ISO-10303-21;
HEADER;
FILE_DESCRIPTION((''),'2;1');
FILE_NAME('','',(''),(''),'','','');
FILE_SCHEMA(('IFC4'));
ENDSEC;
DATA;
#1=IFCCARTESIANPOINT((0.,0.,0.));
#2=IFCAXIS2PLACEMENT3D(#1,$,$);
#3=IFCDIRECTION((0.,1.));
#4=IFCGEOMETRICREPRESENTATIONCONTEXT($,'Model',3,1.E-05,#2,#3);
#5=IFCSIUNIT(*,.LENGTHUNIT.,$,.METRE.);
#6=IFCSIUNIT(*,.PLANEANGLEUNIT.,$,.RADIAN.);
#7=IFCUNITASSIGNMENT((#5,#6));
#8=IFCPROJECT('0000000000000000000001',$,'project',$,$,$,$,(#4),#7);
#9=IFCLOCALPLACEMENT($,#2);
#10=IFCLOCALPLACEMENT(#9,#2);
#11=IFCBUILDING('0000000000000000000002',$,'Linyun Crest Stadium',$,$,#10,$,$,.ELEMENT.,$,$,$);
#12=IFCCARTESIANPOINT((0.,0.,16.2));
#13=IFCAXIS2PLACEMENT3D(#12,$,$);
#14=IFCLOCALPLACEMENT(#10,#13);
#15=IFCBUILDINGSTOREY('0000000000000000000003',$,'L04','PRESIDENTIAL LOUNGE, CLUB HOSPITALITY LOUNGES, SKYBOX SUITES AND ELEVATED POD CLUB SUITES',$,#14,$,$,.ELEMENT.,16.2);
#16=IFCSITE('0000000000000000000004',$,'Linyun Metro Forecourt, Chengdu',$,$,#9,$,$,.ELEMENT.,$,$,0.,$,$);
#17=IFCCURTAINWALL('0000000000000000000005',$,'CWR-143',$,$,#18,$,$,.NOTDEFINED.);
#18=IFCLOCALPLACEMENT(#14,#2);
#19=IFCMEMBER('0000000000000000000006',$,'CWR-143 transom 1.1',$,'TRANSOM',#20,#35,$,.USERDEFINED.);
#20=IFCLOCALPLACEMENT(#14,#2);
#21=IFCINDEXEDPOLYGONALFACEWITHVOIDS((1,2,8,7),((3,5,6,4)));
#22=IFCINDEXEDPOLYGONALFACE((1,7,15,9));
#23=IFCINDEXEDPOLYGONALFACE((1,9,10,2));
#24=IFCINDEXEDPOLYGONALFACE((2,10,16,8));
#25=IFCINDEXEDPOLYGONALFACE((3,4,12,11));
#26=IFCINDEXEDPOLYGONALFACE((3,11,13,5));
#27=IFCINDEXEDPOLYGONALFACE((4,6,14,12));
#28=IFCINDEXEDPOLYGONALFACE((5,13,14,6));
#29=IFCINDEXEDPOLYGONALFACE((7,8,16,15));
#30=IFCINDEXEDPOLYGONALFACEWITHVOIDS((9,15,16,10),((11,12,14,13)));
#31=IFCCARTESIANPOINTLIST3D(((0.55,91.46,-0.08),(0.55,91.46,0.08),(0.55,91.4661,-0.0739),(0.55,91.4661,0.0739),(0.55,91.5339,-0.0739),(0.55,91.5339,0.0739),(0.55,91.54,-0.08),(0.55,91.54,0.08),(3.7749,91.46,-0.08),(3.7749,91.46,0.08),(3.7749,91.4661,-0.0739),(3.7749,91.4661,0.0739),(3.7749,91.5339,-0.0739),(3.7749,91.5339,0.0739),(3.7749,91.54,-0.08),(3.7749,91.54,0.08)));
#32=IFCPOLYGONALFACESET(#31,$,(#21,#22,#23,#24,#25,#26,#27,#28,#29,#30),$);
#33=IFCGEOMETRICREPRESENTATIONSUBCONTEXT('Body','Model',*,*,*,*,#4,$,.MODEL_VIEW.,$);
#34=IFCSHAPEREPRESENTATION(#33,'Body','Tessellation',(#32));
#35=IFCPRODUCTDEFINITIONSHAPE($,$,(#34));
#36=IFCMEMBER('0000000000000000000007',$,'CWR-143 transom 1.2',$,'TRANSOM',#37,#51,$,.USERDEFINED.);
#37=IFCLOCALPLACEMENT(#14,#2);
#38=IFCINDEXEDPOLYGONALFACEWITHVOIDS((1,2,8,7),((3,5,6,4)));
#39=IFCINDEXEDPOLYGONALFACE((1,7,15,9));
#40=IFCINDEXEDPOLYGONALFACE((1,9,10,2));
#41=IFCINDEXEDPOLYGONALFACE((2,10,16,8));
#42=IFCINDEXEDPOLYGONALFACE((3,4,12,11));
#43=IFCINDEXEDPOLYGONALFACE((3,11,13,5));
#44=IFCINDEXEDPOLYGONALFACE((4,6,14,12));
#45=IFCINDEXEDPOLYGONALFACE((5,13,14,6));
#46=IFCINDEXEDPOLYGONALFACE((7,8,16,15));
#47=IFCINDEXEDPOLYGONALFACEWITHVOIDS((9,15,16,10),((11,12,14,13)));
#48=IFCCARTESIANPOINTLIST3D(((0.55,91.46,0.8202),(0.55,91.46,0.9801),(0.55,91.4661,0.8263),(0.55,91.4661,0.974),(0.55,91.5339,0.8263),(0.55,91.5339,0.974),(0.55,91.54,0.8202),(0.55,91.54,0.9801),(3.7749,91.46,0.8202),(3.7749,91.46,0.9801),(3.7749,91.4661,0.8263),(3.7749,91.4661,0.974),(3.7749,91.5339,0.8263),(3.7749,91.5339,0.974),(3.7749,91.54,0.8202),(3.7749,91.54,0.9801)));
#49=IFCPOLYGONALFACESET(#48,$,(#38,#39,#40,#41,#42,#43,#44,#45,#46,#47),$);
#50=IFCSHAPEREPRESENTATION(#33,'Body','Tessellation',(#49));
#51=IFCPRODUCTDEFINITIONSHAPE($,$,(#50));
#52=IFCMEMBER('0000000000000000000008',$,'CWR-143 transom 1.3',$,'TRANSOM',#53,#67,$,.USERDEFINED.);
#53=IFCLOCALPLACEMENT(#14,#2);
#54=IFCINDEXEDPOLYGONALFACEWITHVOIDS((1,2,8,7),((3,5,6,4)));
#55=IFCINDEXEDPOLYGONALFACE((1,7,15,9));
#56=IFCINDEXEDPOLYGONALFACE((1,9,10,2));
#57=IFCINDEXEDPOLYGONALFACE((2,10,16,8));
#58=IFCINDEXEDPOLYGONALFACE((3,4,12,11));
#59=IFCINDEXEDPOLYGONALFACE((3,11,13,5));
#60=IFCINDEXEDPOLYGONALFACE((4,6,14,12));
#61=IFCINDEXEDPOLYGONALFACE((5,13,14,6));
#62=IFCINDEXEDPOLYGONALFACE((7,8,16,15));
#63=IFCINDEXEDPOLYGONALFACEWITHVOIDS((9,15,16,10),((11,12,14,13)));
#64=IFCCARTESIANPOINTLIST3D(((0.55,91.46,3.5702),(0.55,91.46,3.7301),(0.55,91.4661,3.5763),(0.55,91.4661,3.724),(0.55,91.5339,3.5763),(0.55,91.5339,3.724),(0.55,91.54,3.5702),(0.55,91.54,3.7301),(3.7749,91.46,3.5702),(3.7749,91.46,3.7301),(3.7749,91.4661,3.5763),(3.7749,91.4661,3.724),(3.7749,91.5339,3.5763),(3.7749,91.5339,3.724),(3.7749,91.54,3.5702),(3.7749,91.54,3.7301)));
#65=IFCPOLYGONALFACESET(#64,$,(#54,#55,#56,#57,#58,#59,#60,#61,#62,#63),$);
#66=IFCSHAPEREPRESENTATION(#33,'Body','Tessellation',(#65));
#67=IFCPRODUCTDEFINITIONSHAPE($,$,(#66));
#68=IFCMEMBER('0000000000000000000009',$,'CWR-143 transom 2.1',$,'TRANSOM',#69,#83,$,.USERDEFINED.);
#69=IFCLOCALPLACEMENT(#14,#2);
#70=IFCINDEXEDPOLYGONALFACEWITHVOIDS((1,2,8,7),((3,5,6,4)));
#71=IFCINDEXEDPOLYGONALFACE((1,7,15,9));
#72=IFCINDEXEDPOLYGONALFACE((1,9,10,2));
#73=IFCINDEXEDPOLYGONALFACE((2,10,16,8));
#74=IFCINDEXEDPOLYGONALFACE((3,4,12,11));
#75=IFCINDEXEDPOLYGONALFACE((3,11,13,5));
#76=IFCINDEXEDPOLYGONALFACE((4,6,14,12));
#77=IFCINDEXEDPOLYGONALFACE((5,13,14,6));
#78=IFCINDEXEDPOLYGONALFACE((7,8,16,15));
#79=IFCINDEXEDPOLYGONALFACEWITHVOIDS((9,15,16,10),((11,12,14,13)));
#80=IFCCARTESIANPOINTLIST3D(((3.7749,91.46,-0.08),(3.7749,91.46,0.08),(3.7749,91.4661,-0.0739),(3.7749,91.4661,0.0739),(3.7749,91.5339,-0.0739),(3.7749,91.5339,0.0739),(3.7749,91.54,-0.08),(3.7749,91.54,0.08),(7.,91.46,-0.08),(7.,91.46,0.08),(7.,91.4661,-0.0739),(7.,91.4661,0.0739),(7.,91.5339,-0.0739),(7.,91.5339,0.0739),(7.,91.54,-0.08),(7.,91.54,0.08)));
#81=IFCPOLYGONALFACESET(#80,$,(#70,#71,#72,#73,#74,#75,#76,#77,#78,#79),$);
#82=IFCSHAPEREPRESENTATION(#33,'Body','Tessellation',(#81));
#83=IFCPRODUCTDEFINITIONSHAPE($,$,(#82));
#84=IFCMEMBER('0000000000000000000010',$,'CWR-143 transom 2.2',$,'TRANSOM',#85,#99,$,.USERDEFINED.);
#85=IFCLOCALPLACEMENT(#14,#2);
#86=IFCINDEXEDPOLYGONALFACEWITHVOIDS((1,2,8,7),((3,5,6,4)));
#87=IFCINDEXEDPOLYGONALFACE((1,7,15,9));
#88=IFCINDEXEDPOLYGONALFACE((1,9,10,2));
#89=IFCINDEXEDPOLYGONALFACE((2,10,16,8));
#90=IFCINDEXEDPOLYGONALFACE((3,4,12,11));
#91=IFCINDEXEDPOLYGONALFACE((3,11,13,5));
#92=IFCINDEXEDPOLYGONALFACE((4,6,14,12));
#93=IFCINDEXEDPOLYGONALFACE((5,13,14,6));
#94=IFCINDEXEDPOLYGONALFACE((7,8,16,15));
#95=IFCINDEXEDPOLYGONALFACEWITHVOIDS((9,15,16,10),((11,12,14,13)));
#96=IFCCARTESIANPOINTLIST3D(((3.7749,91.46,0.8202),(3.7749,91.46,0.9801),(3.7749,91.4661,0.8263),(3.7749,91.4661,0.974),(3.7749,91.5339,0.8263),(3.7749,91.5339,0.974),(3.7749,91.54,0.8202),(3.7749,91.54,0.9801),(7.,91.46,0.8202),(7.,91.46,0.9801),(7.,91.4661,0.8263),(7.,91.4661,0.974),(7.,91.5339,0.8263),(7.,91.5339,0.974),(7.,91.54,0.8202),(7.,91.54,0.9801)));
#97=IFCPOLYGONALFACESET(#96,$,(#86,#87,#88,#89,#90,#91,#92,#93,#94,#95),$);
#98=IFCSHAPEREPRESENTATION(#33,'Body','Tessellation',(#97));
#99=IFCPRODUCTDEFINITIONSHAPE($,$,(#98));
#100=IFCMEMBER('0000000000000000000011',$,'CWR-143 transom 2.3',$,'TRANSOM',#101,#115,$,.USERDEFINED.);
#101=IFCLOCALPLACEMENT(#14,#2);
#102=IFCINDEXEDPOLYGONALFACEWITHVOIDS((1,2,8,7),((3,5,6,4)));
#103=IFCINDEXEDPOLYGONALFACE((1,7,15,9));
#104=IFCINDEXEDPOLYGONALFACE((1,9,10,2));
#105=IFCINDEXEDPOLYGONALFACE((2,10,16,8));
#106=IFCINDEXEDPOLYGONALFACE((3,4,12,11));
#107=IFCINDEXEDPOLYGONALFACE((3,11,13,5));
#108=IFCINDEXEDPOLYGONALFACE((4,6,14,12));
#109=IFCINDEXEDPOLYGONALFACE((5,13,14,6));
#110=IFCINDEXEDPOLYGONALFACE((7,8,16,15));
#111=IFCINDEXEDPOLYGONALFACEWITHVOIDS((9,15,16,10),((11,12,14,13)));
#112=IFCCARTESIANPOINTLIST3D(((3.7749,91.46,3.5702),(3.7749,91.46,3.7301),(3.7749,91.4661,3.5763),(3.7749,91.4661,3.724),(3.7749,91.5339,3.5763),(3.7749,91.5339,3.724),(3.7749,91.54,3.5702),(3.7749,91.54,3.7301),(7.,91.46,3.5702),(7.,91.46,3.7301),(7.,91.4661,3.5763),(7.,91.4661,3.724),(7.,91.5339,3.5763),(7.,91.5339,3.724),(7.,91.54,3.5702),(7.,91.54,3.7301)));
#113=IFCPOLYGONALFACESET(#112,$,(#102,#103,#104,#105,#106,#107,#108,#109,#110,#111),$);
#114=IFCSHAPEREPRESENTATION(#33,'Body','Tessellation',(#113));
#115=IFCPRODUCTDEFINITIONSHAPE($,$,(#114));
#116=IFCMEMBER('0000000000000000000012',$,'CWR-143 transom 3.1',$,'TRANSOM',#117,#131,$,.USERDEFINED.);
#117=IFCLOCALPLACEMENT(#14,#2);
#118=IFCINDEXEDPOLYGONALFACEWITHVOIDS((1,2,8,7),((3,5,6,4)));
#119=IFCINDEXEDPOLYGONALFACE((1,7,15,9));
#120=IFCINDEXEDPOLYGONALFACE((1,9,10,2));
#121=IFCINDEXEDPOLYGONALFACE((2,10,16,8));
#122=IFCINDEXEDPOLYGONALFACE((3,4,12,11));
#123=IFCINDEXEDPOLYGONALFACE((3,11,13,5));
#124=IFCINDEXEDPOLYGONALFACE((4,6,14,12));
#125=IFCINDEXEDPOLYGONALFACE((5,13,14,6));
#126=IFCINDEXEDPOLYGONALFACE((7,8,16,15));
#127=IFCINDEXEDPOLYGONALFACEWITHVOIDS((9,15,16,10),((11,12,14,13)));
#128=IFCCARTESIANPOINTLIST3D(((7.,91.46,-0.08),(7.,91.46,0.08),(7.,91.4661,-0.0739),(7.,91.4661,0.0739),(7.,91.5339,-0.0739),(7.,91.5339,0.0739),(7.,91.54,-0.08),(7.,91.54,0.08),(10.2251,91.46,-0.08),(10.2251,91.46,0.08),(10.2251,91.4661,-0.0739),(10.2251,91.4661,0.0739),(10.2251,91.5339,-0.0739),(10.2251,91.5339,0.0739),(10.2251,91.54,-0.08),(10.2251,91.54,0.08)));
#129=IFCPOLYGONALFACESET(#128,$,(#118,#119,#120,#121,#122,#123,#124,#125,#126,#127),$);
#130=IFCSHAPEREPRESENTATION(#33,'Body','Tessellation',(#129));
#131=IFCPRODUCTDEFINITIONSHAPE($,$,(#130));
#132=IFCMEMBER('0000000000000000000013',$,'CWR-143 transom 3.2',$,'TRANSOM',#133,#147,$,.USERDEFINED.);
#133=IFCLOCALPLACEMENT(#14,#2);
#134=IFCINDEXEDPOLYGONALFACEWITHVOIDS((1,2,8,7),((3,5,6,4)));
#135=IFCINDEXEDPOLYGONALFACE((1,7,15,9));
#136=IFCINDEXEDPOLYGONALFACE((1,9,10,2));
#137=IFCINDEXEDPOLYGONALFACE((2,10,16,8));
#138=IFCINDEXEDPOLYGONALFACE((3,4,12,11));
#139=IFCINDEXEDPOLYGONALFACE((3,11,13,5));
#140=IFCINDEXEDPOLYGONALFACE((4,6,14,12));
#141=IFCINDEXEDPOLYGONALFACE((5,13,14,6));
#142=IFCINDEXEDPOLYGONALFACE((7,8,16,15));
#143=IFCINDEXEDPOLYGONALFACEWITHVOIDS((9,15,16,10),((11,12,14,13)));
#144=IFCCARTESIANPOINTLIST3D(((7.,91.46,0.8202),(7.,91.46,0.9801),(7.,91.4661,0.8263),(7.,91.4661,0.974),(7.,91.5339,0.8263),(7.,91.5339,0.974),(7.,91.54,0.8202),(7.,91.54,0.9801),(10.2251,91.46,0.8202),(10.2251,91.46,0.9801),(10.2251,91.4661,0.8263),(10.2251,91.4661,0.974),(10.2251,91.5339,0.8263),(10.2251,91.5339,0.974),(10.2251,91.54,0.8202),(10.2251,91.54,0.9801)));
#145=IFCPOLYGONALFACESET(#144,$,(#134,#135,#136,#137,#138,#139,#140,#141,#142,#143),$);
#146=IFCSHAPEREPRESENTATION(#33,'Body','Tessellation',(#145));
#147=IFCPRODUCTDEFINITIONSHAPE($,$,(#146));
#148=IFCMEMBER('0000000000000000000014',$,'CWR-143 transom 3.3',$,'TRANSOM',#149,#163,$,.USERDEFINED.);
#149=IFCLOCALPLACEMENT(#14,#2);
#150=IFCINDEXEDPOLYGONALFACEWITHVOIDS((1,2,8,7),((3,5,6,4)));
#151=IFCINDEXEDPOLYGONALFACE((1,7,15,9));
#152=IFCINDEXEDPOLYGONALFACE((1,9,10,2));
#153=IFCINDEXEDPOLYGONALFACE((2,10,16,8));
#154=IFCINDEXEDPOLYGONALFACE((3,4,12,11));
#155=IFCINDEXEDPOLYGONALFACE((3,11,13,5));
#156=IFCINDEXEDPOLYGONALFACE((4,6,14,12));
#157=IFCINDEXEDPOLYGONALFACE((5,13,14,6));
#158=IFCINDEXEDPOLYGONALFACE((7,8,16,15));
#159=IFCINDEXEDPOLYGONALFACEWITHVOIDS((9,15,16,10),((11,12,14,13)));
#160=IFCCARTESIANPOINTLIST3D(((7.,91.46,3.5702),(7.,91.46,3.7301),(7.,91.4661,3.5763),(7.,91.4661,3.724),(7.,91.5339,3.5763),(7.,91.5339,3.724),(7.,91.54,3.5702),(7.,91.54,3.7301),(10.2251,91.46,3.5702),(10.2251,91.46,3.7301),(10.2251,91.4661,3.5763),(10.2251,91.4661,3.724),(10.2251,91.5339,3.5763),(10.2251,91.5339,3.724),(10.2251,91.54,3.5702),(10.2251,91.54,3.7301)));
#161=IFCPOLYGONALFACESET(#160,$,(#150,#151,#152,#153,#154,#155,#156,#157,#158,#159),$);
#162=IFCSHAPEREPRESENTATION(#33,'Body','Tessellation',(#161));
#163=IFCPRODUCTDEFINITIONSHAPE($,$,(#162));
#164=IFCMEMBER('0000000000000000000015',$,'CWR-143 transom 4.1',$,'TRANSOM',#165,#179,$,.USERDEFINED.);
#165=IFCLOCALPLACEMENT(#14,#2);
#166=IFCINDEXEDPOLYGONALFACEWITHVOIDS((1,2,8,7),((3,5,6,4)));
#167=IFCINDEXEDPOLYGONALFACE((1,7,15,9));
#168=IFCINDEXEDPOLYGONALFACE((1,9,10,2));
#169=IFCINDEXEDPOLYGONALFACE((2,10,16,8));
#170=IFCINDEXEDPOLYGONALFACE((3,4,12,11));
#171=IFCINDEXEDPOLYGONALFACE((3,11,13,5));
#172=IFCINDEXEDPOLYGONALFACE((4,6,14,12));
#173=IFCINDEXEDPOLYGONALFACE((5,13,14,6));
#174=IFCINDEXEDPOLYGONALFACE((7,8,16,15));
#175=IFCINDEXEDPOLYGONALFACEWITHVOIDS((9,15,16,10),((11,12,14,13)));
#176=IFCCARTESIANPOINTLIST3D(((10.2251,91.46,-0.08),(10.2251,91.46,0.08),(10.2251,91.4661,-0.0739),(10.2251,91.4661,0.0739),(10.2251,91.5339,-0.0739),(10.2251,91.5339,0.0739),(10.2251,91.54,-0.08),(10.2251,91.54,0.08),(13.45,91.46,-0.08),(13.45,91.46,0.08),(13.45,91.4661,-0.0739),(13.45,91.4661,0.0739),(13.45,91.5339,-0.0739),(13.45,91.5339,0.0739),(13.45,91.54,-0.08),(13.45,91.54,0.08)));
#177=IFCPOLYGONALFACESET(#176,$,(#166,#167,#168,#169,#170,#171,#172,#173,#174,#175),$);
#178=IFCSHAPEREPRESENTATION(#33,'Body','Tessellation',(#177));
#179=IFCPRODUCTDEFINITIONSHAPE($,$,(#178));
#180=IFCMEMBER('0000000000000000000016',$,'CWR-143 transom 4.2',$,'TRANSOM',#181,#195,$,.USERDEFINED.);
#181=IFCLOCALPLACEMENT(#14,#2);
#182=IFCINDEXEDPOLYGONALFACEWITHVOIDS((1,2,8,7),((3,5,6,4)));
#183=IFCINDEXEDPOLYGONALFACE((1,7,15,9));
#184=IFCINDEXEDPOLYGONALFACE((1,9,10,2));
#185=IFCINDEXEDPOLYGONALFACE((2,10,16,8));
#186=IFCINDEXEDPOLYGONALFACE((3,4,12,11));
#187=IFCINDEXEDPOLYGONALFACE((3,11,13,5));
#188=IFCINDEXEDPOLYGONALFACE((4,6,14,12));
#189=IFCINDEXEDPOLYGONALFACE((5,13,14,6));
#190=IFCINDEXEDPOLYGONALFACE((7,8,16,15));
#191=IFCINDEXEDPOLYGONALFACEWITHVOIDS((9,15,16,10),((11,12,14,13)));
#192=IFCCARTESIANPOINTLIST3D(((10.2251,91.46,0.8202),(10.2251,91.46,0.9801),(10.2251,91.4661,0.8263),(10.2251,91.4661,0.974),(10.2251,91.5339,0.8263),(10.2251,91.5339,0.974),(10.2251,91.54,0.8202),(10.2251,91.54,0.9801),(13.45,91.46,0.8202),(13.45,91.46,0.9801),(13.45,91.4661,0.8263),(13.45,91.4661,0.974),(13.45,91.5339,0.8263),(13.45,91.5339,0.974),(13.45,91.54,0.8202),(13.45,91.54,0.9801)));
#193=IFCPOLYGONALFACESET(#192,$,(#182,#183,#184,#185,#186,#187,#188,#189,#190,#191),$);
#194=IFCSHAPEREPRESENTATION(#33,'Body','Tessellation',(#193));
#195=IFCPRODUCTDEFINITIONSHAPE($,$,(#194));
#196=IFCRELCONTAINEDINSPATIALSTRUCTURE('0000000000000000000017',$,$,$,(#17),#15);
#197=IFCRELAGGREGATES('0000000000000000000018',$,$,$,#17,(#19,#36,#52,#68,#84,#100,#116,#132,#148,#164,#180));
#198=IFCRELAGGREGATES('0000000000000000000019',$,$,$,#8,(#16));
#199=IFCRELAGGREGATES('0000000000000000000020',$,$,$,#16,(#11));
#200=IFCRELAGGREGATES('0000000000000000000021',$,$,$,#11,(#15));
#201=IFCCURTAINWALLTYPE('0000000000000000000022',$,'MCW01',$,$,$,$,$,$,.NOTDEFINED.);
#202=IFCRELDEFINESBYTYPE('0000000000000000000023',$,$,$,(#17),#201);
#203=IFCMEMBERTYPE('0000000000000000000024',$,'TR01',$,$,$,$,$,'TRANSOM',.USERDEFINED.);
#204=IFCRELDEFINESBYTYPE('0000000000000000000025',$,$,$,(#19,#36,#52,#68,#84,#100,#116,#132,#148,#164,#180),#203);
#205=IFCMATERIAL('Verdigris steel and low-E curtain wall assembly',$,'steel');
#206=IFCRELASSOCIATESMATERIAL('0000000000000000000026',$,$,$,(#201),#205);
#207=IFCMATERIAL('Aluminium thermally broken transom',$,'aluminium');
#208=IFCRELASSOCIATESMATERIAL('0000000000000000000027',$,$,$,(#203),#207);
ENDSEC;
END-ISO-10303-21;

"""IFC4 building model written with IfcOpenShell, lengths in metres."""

from ifc_helpers import new_model, si_unit, direction, frame, origin, origin_2d, place, context, subcontext, project, spatial, hollow_rectangle, extrude, material, material_profile, profile_set, type_object, element, aggregate, save


model = new_model("IFC4")

# Units and contexts
model_context = context("Model", 3, precision=1e-05, world=origin(), true_north=direction((0.0, 1.0)))
body_context = subcontext(model_context, "Body", "Model", "MODEL_VIEW")
ifc_project = project(units=[si_unit("LENGTHUNIT", "METRE"), si_unit("PLANEANGLEUNIT", "RADIAN")], contexts=[model_context])

# Site, building, storey
site_placement = place(None, origin())
site = spatial("IfcSite", under=ifc_project, at=site_placement, Name="Linyun Metro Forecourt, Chengdu", CompositionType="ELEMENT", RefElevation=0.0)
building_placement = place(site_placement, origin())
building = spatial("IfcBuilding", under=site, at=building_placement, Name="Linyun Crest Stadium", CompositionType="ELEMENT")
storey_placement = place(building_placement, frame((0.0, 0.0, 16.2)))
storey = spatial("IfcBuildingStorey", under=building, at=storey_placement, Name="L04", Description="PRESIDENTIAL LOUNGE, CLUB HOSPITALITY LOUNGES, SKYBOX SUITES AND ELEVATED POD CLUB SUITES", CompositionType="ELEMENT", Elevation=16.2)

# Curtain wall
ifc_material_1 = material(Name="Verdigris steel and low-E curtain wall assembly", Category="steel")
curtain_wall_type = type_object("IfcCurtainWallType", Name="MCW01", PredefinedType="NOTDEFINED", material=ifc_material_1)
curtain_wall_placement = place(storey_placement, origin())
curtain_wall = element("IfcCurtainWall", 1, at=curtain_wall_placement, inside=storey, type_object=curtain_wall_type, Name="CWR-143", PredefinedType="NOTDEFINED")

# Members
ifc_material_2 = material(Name="Aluminium thermally broken transom", Category="aluminium")
ifc_material_profile_1 = material_profile(ifc_material_2, hollow_rectangle(XDim=0.0801, YDim=0.1599, WallThickness=0.0061, at=origin_2d()), Name="RHS 160x80x6")
ifc_profile_set_1 = profile_set([ifc_material_profile_1], Name="Aluminium thermally broken transom")
member_type_1 = type_object("IfcMemberType", Name="TR01", ElementType="TRANSOM", PredefinedType="USERDEFINED", material=ifc_profile_set_1)
member_1_placement = place(storey_placement, frame((0.55, 91.5, 0.0), z_axis=(1.0, 0.0, 0.0), x_axis=(0.0, 1.0, 0.0)))
member_1 = element("IfcMember", 2, at=member_1_placement, type_object=member_type_1, Name="CWR-143 transom 1.1", ObjectType="TRANSOM", PredefinedType="USERDEFINED", context=body_context, shape_type="SweptSolid", body=[
    extrude(hollow_rectangle(XDim=0.0801, YDim=0.1599, WallThickness=0.0061, at=origin_2d()), origin(), (0.0, 0.0, 1.0), 3.2249),
])
member_2_placement = place(storey_placement, frame((0.55, 91.5, 0.9001), z_axis=(1.0, 0.0, 0.0), x_axis=(0.0, 1.0, 0.0)))
member_2 = element("IfcMember", 3, at=member_2_placement, type_object=member_type_1, Name="CWR-143 transom 1.2", ObjectType="TRANSOM", PredefinedType="USERDEFINED", context=body_context, shape_type="SweptSolid", body=[
    extrude(hollow_rectangle(XDim=0.0801, YDim=0.1599, WallThickness=0.0061, at=origin_2d()), origin(), (0.0, 0.0, 1.0), 3.2249),
])
member_3_placement = place(storey_placement, frame((0.55, 91.5, 3.6501), z_axis=(1.0, 0.0, 0.0), x_axis=(0.0, 1.0, 0.0)))
member_3 = element("IfcMember", 4, at=member_3_placement, type_object=member_type_1, Name="CWR-143 transom 1.3", ObjectType="TRANSOM", PredefinedType="USERDEFINED", context=body_context, shape_type="SweptSolid", body=[
    extrude(hollow_rectangle(XDim=0.0801, YDim=0.1599, WallThickness=0.0061, at=origin_2d()), origin(), (0.0, 0.0, 1.0), 3.2249),
])
member_4_placement = place(storey_placement, frame((3.7749, 91.5, 0.0), z_axis=(1.0, 0.0, 0.0), x_axis=(0.0, 1.0, 0.0)))
member_4 = element("IfcMember", 5, at=member_4_placement, type_object=member_type_1, Name="CWR-143 transom 2.1", ObjectType="TRANSOM", PredefinedType="USERDEFINED", context=body_context, shape_type="SweptSolid", body=[
    extrude(hollow_rectangle(XDim=0.0801, YDim=0.1599, WallThickness=0.0061, at=origin_2d()), origin(), (0.0, 0.0, 1.0), 3.2251),
])
member_5_placement = place(storey_placement, frame((3.7749, 91.5, 0.9001), z_axis=(1.0, 0.0, 0.0), x_axis=(0.0, 1.0, 0.0)))
member_5 = element("IfcMember", 6, at=member_5_placement, type_object=member_type_1, Name="CWR-143 transom 2.2", ObjectType="TRANSOM", PredefinedType="USERDEFINED", context=body_context, shape_type="SweptSolid", body=[
    extrude(hollow_rectangle(XDim=0.0801, YDim=0.1599, WallThickness=0.0061, at=origin_2d()), origin(), (0.0, 0.0, 1.0), 3.2251),
])
member_6_placement = place(storey_placement, frame((3.7749, 91.5, 3.6501), z_axis=(1.0, 0.0, 0.0), x_axis=(0.0, 1.0, 0.0)))
member_6 = element("IfcMember", 7, at=member_6_placement, type_object=member_type_1, Name="CWR-143 transom 2.3", ObjectType="TRANSOM", PredefinedType="USERDEFINED", context=body_context, shape_type="SweptSolid", body=[
    extrude(hollow_rectangle(XDim=0.0801, YDim=0.1599, WallThickness=0.0061, at=origin_2d()), origin(), (0.0, 0.0, 1.0), 3.2251),
])
member_7_placement = place(storey_placement, frame((7.0, 91.5, 0.0), z_axis=(1.0, 0.0, 0.0), x_axis=(0.0, 1.0, 0.0)))
member_7 = element("IfcMember", 8, at=member_7_placement, type_object=member_type_1, Name="CWR-143 transom 3.1", ObjectType="TRANSOM", PredefinedType="USERDEFINED", context=body_context, shape_type="SweptSolid", body=[
    extrude(hollow_rectangle(XDim=0.0801, YDim=0.1599, WallThickness=0.0061, at=origin_2d()), origin(), (0.0, 0.0, 1.0), 3.2251),
])
member_8_placement = place(storey_placement, frame((7.0, 91.5, 0.9001), z_axis=(1.0, 0.0, 0.0), x_axis=(0.0, 1.0, 0.0)))
member_8 = element("IfcMember", 9, at=member_8_placement, type_object=member_type_1, Name="CWR-143 transom 3.2", ObjectType="TRANSOM", PredefinedType="USERDEFINED", context=body_context, shape_type="SweptSolid", body=[
    extrude(hollow_rectangle(XDim=0.0801, YDim=0.1599, WallThickness=0.0061, at=origin_2d()), origin(), (0.0, 0.0, 1.0), 3.2251),
])
member_9_placement = place(storey_placement, frame((7.0, 91.5, 3.6501), z_axis=(1.0, 0.0, 0.0), x_axis=(0.0, 1.0, 0.0)))
member_9 = element("IfcMember", 10, at=member_9_placement, type_object=member_type_1, Name="CWR-143 transom 3.3", ObjectType="TRANSOM", PredefinedType="USERDEFINED", context=body_context, shape_type="SweptSolid", body=[
    extrude(hollow_rectangle(XDim=0.0801, YDim=0.1599, WallThickness=0.0061, at=origin_2d()), origin(), (0.0, 0.0, 1.0), 3.2251),
])
member_10_placement = place(storey_placement, frame((10.2251, 91.5, 0.0), z_axis=(1.0, 0.0, 0.0), x_axis=(0.0, 1.0, 0.0)))
member_10 = element("IfcMember", 11, at=member_10_placement, type_object=member_type_1, Name="CWR-143 transom 4.1", ObjectType="TRANSOM", PredefinedType="USERDEFINED", context=body_context, shape_type="SweptSolid", body=[
    extrude(hollow_rectangle(XDim=0.0801, YDim=0.1599, WallThickness=0.0061, at=origin_2d()), origin(), (0.0, 0.0, 1.0), 3.2249),
])
member_11_placement = place(storey_placement, frame((10.2251, 91.5, 0.9001), z_axis=(1.0, 0.0, 0.0), x_axis=(0.0, 1.0, 0.0)))
member_11 = element("IfcMember", 12, at=member_11_placement, type_object=member_type_1, Name="CWR-143 transom 4.2", ObjectType="TRANSOM", PredefinedType="USERDEFINED", context=body_context, shape_type="SweptSolid", body=[
    extrude(hollow_rectangle(XDim=0.0801, YDim=0.1599, WallThickness=0.0061, at=origin_2d()), origin(), (0.0, 0.0, 1.0), 3.2249),
])

aggregate(curtain_wall, [member_1, member_2, member_3, member_4, member_5, member_6, member_7, member_8, member_9, member_10, member_11])

save(model, "model.ifc")
